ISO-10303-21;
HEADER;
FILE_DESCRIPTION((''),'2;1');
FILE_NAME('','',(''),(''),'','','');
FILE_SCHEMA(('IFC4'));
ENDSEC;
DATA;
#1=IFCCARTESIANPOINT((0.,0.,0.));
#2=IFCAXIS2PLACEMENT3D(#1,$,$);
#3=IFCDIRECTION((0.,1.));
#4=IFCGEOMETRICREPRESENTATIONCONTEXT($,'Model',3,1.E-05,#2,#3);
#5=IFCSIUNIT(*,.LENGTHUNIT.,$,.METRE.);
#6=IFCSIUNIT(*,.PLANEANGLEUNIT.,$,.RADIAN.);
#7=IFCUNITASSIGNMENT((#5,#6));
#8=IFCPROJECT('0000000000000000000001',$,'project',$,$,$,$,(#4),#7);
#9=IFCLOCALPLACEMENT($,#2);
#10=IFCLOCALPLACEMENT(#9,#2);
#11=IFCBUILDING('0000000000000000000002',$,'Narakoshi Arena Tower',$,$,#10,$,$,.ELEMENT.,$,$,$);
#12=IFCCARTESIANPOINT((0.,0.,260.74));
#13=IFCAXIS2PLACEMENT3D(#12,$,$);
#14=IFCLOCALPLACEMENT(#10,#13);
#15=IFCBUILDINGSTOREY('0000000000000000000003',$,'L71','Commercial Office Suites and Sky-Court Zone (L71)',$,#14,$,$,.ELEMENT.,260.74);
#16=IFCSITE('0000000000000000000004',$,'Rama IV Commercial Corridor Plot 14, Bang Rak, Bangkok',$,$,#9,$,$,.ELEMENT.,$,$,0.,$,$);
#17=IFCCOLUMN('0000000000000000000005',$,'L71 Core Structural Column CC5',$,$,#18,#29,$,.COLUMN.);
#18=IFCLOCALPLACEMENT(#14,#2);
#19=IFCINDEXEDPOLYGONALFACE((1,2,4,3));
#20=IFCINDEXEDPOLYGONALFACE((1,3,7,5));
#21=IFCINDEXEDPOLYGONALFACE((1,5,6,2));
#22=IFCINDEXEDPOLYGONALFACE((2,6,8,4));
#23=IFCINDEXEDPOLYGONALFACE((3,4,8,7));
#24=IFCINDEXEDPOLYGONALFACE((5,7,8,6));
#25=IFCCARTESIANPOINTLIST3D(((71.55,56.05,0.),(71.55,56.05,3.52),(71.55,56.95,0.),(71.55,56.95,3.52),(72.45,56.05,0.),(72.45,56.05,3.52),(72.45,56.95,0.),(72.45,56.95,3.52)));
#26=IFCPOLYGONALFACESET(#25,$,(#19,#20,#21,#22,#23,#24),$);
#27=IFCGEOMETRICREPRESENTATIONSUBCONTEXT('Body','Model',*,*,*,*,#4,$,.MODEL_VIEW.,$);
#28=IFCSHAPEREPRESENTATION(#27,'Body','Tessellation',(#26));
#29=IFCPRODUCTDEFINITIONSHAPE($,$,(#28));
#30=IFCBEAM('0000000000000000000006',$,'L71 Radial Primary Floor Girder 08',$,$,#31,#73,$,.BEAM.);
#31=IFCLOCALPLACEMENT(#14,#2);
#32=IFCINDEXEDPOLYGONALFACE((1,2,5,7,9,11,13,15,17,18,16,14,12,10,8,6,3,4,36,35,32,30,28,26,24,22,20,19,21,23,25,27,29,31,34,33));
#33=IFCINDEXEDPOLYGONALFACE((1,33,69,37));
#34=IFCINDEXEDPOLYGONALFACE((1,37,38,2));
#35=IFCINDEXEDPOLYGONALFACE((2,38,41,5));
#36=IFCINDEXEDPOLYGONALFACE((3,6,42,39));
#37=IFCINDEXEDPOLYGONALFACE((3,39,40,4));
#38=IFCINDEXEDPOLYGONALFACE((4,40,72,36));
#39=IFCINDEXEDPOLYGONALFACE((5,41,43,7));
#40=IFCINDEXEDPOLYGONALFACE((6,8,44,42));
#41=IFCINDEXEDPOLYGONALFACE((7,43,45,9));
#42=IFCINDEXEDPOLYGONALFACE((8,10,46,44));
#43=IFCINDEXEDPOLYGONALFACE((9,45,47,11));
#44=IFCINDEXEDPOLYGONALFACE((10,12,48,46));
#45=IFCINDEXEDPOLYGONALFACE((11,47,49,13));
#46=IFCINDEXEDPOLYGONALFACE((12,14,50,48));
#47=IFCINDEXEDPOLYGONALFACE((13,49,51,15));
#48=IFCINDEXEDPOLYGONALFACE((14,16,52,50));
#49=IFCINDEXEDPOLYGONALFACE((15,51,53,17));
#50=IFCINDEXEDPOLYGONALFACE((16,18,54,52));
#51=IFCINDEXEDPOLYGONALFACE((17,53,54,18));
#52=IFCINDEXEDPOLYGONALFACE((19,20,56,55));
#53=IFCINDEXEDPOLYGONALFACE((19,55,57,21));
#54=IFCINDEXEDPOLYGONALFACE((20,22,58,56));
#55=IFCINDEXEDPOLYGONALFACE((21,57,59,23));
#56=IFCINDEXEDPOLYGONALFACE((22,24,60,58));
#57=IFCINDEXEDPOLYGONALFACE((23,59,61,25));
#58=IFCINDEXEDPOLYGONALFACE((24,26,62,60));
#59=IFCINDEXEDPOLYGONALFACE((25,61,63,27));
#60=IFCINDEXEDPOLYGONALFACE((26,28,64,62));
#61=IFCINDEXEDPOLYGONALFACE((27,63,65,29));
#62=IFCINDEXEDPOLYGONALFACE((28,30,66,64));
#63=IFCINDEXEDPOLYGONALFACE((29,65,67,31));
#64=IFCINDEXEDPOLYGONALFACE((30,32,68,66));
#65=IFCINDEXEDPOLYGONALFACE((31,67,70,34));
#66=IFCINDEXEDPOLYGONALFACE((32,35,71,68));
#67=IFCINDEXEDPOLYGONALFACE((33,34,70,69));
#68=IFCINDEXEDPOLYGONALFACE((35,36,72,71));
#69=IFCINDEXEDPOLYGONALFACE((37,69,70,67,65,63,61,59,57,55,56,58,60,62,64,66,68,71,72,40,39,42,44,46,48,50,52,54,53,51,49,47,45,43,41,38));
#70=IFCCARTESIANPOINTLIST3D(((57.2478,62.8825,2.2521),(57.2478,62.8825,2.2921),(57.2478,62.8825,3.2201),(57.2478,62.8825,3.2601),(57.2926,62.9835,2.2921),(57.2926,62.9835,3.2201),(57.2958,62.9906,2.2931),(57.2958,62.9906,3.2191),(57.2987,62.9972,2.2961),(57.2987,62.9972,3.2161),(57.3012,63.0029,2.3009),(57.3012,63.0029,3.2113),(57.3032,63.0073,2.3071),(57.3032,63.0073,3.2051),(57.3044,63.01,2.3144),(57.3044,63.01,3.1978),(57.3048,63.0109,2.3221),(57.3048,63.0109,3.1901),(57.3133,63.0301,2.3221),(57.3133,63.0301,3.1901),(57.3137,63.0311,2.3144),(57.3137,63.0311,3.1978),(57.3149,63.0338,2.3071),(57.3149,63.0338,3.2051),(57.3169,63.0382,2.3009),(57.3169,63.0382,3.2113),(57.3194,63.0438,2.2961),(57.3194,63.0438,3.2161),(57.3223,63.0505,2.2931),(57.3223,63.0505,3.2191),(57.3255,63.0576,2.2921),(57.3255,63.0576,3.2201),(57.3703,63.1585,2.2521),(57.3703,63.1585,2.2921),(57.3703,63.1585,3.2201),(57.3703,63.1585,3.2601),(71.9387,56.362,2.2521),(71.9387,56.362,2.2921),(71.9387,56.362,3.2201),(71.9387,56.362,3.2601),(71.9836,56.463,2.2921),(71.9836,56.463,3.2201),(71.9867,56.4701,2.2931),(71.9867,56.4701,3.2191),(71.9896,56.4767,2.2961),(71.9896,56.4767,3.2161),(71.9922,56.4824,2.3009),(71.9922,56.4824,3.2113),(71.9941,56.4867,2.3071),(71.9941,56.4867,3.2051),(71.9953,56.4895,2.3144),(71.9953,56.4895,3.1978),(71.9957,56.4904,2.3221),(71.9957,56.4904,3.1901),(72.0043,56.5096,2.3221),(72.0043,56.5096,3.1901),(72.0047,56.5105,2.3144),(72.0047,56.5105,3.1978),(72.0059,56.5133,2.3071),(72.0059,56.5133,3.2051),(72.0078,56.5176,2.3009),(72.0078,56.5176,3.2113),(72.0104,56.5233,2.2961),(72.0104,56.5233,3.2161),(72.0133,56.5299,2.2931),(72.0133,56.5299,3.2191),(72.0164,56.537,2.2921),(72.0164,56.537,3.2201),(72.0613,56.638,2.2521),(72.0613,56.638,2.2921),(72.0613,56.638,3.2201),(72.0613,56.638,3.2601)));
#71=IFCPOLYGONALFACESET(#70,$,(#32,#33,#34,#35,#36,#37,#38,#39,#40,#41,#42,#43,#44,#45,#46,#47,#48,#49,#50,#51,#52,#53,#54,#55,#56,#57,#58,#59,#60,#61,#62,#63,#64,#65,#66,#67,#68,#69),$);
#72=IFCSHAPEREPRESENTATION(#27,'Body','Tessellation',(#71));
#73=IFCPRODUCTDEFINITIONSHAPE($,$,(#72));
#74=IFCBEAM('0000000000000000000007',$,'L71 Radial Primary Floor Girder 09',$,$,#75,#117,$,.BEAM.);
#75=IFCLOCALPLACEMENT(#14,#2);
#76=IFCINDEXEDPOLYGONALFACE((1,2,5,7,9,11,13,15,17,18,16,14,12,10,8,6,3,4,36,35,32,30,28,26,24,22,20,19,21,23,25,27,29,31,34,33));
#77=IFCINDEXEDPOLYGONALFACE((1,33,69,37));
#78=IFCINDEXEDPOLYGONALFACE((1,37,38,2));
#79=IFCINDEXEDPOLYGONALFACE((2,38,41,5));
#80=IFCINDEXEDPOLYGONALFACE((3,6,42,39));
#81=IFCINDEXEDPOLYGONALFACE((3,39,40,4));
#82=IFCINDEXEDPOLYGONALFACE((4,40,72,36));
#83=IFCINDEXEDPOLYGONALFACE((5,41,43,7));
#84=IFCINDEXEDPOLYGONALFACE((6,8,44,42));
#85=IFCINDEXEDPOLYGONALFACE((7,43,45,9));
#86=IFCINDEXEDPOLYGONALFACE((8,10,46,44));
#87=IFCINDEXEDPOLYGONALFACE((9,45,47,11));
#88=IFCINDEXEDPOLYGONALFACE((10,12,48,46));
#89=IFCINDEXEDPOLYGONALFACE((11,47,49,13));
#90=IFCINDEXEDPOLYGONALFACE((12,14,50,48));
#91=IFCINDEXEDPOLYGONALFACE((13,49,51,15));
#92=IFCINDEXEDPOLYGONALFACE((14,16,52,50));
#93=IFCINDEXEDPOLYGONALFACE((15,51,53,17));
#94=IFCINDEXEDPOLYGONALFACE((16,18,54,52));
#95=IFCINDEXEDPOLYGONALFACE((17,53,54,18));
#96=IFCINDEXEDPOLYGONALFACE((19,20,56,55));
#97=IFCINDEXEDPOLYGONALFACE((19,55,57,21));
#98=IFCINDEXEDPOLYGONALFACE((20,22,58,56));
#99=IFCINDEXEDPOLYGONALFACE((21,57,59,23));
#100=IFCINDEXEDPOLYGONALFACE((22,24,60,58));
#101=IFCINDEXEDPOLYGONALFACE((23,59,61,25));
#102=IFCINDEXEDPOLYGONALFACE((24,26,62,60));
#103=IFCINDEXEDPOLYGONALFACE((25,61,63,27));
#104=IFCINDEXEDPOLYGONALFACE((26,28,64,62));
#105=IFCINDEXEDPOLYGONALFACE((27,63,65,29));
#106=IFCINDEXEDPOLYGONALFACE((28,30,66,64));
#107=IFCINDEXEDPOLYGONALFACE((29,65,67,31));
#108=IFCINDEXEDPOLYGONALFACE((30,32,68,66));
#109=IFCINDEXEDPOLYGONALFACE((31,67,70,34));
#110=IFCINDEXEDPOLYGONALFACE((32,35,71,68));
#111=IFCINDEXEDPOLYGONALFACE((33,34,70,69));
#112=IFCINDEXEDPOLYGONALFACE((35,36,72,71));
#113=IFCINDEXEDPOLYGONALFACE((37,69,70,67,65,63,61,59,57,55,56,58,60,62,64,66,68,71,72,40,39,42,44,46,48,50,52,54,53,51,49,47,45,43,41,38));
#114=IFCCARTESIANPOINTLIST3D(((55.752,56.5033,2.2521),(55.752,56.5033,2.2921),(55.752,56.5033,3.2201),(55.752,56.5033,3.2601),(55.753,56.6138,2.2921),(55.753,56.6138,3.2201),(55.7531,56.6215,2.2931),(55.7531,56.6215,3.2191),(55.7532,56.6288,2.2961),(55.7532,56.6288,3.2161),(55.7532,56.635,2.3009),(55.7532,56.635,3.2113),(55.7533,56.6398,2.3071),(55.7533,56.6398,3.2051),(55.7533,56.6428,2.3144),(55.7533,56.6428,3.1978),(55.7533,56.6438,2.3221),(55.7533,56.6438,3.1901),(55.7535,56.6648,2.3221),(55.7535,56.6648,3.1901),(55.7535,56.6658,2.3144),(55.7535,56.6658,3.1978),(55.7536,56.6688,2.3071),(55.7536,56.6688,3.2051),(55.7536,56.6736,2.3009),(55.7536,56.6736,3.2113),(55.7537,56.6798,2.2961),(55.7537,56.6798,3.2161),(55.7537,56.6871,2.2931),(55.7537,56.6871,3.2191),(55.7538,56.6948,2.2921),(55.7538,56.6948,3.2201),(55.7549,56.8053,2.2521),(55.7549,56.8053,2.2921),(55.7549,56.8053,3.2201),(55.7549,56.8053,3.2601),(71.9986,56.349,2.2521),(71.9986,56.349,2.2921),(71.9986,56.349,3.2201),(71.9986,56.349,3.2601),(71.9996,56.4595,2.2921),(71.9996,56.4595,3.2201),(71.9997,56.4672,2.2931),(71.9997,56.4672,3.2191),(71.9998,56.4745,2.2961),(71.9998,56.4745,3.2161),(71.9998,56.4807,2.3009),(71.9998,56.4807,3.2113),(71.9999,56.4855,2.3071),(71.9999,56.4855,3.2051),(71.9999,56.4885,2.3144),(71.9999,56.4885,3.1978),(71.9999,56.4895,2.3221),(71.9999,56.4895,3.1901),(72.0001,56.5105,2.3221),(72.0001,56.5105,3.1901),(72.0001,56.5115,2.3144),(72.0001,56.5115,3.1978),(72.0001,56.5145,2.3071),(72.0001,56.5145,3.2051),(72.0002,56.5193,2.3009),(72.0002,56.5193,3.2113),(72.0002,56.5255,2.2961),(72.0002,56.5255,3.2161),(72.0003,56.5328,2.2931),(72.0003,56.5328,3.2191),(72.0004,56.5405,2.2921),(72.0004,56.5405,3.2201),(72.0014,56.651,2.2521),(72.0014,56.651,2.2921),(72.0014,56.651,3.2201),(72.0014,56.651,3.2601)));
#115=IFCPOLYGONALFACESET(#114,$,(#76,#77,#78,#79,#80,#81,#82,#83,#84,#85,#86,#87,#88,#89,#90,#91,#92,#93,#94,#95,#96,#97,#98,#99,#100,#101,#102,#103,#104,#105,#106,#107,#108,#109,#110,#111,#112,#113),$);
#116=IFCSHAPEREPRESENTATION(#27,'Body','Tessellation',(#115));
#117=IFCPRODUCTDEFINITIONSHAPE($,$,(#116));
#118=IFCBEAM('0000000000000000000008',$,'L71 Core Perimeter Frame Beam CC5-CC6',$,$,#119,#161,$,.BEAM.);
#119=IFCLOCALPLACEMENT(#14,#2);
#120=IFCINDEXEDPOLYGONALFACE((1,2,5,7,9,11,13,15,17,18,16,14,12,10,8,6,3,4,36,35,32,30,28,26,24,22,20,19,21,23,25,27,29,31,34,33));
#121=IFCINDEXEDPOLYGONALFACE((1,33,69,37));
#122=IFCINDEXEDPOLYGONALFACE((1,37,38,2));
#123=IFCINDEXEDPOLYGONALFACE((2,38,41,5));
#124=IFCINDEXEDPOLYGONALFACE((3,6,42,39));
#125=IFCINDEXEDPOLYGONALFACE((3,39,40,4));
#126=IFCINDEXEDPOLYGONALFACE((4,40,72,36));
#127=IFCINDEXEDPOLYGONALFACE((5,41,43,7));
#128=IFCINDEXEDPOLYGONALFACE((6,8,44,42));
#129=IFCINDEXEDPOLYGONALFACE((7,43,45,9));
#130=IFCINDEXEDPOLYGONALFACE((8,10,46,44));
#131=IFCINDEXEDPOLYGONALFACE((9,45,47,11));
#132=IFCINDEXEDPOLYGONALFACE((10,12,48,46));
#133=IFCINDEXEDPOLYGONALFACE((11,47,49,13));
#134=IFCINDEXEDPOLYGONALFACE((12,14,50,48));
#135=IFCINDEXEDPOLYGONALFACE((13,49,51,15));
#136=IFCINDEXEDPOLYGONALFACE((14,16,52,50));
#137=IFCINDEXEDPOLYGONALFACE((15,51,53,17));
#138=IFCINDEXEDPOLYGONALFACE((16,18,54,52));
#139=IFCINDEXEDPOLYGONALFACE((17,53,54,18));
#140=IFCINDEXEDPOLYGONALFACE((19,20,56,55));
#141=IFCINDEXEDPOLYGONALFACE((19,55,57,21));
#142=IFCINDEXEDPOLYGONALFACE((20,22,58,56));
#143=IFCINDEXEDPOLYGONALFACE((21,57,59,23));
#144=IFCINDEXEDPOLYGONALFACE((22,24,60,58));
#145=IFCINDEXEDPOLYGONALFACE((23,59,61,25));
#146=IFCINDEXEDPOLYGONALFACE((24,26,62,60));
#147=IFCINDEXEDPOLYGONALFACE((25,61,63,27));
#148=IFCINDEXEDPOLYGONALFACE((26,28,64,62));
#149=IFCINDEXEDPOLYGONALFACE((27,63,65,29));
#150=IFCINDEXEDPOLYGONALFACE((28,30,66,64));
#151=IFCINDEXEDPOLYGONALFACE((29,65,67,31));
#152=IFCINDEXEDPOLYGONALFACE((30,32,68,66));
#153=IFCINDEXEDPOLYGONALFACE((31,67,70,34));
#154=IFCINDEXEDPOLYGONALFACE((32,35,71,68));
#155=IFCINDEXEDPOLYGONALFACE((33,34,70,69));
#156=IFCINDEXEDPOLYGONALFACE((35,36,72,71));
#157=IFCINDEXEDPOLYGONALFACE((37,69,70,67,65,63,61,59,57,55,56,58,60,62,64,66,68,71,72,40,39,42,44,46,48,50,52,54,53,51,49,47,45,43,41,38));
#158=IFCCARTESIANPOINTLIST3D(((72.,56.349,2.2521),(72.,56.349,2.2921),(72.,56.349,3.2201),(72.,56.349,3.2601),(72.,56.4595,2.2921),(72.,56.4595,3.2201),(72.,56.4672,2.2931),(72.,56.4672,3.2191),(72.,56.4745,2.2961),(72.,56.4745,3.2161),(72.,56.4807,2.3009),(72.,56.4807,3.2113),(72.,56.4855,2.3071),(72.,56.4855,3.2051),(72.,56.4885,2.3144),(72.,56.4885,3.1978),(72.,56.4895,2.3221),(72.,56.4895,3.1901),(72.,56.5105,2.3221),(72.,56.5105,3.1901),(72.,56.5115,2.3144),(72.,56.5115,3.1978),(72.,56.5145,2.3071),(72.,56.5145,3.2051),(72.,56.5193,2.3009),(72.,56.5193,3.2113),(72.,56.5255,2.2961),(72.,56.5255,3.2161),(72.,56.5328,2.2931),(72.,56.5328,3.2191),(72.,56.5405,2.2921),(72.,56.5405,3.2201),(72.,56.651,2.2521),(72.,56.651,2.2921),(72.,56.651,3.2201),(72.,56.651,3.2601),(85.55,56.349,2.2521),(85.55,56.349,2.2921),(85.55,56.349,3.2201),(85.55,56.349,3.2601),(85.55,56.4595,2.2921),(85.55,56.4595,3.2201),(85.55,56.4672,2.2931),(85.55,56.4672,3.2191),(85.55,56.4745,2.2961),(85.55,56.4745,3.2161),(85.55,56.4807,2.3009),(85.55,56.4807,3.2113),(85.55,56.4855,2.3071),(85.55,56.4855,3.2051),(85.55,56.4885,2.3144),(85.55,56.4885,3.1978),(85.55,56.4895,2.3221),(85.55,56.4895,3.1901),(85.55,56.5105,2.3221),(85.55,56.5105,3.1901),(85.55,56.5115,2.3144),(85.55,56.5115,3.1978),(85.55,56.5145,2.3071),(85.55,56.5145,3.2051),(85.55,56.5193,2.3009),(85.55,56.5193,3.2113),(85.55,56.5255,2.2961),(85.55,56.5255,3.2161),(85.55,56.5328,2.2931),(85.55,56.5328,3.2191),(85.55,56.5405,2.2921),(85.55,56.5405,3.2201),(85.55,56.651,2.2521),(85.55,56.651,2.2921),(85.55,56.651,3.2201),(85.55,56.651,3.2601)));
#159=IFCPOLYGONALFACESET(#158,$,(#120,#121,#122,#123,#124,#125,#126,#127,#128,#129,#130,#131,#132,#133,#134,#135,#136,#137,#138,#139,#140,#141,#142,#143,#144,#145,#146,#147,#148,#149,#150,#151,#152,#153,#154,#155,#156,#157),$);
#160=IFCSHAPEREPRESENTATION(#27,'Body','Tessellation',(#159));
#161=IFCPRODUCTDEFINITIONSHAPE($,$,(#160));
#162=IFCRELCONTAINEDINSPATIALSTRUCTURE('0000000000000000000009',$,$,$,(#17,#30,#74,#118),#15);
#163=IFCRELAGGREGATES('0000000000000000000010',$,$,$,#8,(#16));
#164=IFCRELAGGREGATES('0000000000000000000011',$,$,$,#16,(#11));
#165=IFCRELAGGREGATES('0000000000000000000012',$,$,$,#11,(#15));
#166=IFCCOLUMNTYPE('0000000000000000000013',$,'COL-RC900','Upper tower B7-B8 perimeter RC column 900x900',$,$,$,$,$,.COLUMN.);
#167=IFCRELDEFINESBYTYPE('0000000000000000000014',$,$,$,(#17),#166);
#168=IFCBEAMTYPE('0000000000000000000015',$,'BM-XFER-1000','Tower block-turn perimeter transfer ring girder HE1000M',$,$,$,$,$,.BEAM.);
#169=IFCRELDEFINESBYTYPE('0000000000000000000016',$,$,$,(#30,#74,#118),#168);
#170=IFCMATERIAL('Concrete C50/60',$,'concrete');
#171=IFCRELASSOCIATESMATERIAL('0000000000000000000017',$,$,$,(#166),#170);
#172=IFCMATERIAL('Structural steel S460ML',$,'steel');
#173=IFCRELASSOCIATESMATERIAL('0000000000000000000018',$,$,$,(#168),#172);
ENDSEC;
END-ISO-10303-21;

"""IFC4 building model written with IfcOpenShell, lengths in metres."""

from ifc_helpers import new_model, si_unit, direction, frame, origin, origin_2d, place, context, subcontext, project, spatial, rectangle, i_section, extrude, material, material_profile, profile_set, type_object, element, save


model = new_model("IFC4")

# Units and contexts
model_context = context("Model", 3, precision=1e-05, world=origin(), true_north=direction((0.0, 1.0)))
body_context = subcontext(model_context, "Body", "Model", "MODEL_VIEW")
ifc_project = project(units=[si_unit("LENGTHUNIT", "METRE"), si_unit("PLANEANGLEUNIT", "RADIAN")], contexts=[model_context])

# Site, building, storey
site_placement = place(None, origin())
site = spatial("IfcSite", under=ifc_project, at=site_placement, Name="Rama IV Commercial Corridor Plot 14, Bang Rak, Bangkok", CompositionType="ELEMENT", RefElevation=0.0)
building_placement = place(site_placement, origin())
building = spatial("IfcBuilding", under=site, at=building_placement, Name="Narakoshi Arena Tower", CompositionType="ELEMENT")
storey_placement = place(building_placement, frame((0.0, 0.0, 260.74)))
storey = spatial("IfcBuildingStorey", under=building, at=storey_placement, Name="L71", Description="Commercial Office Suites and Sky-Court Zone (L71)", CompositionType="ELEMENT", Elevation=260.74)

# Column
ifc_material_1 = material(Name="Concrete C50/60", Category="concrete")
ifc_material_profile_1 = material_profile(ifc_material_1, rectangle(XDim=0.8999, YDim=0.8999, at=origin_2d()), Name="RC900x900")
ifc_profile_set_1 = profile_set([ifc_material_profile_1], Name="Concrete C50/60")
column_type = type_object("IfcColumnType", Name="COL-RC900", Description="Upper tower B7-B8 perimeter RC column 900x900", PredefinedType="COLUMN", material=ifc_profile_set_1)
column_placement = place(storey_placement, frame((72.0, 56.5, 0.0), z_axis=(0.0, 0.0, 1.0), x_axis=(1.0, 0.0, 0.0)))
element("IfcColumn", 1, at=column_placement, inside=storey, type_object=column_type, Name="L71 Core Structural Column CC5", PredefinedType="COLUMN", context=body_context, shape_type="SweptSolid", body=[
    extrude(rectangle(XDim=0.8999, YDim=0.8999, at=origin_2d()), origin(), (0.0, 0.0, 1.0), 3.52),
])

# Beams
ifc_material_2 = material(Name="Structural steel S460ML", Category="steel")
ifc_material_profile_2 = material_profile(ifc_material_2, i_section(OverallWidth=0.302, OverallDepth=1.0081, WebThickness=0.021, FlangeThickness=0.04, FilletRadius=0.03, at=origin_2d()), Name="HE1000M")
ifc_profile_set_2 = profile_set([ifc_material_profile_2], Name="Structural steel S460ML")
beam_type = type_object("IfcBeamType", Name="BM-XFER-1000", Description="Tower block-turn perimeter transfer ring girder HE1000M", PredefinedType="BEAM", material=ifc_profile_set_2)
beam_1_placement = place(storey_placement, frame((72.0, 56.5, 2.7561), z_axis=(-0.914014, 0.405682, 0.0), x_axis=(-0.405682, -0.914014, 0.0)))
element("IfcBeam", 2, at=beam_1_placement, inside=storey, type_object=beam_type, Name="L71 Radial Primary Floor Girder 08", PredefinedType="BEAM", context=body_context, shape_type="SweptSolid", body=[
    extrude(i_section(OverallWidth=0.302, OverallDepth=1.0081, WebThickness=0.021, FlangeThickness=0.04, FilletRadius=0.03, at=origin_2d()), origin(), (0.0, 0.0, 1.0), 16.073),
])
beam_2_placement = place(storey_placement, frame((72.0, 56.5, 2.7561), z_axis=(-0.999955, 0.009497, 0.0), x_axis=(-0.009497, -0.999955, 0.0)))
element("IfcBeam", 3, at=beam_2_placement, inside=storey, type_object=beam_type, Name="L71 Radial Primary Floor Girder 09", PredefinedType="BEAM", context=body_context, shape_type="SweptSolid", body=[
    extrude(i_section(OverallWidth=0.302, OverallDepth=1.0081, WebThickness=0.021, FlangeThickness=0.04, FilletRadius=0.03, at=origin_2d()), origin(), (0.0, 0.0, 1.0), 16.2473),
])
beam_3_placement = place(storey_placement, frame((72.0, 56.5, 2.7561), z_axis=(1.0, 0.0, 0.0), x_axis=(0.0, 1.0, 0.0)))
element("IfcBeam", 4, at=beam_3_placement, inside=storey, type_object=beam_type, Name="L71 Core Perimeter Frame Beam CC5-CC6", PredefinedType="BEAM", context=body_context, shape_type="SweptSolid", body=[
    extrude(i_section(OverallWidth=0.302, OverallDepth=1.0081, WebThickness=0.021, FlangeThickness=0.04, FilletRadius=0.03, at=origin_2d()), origin(), (0.0, 0.0, 1.0), 13.55),
])

save(model, "model.ifc")
